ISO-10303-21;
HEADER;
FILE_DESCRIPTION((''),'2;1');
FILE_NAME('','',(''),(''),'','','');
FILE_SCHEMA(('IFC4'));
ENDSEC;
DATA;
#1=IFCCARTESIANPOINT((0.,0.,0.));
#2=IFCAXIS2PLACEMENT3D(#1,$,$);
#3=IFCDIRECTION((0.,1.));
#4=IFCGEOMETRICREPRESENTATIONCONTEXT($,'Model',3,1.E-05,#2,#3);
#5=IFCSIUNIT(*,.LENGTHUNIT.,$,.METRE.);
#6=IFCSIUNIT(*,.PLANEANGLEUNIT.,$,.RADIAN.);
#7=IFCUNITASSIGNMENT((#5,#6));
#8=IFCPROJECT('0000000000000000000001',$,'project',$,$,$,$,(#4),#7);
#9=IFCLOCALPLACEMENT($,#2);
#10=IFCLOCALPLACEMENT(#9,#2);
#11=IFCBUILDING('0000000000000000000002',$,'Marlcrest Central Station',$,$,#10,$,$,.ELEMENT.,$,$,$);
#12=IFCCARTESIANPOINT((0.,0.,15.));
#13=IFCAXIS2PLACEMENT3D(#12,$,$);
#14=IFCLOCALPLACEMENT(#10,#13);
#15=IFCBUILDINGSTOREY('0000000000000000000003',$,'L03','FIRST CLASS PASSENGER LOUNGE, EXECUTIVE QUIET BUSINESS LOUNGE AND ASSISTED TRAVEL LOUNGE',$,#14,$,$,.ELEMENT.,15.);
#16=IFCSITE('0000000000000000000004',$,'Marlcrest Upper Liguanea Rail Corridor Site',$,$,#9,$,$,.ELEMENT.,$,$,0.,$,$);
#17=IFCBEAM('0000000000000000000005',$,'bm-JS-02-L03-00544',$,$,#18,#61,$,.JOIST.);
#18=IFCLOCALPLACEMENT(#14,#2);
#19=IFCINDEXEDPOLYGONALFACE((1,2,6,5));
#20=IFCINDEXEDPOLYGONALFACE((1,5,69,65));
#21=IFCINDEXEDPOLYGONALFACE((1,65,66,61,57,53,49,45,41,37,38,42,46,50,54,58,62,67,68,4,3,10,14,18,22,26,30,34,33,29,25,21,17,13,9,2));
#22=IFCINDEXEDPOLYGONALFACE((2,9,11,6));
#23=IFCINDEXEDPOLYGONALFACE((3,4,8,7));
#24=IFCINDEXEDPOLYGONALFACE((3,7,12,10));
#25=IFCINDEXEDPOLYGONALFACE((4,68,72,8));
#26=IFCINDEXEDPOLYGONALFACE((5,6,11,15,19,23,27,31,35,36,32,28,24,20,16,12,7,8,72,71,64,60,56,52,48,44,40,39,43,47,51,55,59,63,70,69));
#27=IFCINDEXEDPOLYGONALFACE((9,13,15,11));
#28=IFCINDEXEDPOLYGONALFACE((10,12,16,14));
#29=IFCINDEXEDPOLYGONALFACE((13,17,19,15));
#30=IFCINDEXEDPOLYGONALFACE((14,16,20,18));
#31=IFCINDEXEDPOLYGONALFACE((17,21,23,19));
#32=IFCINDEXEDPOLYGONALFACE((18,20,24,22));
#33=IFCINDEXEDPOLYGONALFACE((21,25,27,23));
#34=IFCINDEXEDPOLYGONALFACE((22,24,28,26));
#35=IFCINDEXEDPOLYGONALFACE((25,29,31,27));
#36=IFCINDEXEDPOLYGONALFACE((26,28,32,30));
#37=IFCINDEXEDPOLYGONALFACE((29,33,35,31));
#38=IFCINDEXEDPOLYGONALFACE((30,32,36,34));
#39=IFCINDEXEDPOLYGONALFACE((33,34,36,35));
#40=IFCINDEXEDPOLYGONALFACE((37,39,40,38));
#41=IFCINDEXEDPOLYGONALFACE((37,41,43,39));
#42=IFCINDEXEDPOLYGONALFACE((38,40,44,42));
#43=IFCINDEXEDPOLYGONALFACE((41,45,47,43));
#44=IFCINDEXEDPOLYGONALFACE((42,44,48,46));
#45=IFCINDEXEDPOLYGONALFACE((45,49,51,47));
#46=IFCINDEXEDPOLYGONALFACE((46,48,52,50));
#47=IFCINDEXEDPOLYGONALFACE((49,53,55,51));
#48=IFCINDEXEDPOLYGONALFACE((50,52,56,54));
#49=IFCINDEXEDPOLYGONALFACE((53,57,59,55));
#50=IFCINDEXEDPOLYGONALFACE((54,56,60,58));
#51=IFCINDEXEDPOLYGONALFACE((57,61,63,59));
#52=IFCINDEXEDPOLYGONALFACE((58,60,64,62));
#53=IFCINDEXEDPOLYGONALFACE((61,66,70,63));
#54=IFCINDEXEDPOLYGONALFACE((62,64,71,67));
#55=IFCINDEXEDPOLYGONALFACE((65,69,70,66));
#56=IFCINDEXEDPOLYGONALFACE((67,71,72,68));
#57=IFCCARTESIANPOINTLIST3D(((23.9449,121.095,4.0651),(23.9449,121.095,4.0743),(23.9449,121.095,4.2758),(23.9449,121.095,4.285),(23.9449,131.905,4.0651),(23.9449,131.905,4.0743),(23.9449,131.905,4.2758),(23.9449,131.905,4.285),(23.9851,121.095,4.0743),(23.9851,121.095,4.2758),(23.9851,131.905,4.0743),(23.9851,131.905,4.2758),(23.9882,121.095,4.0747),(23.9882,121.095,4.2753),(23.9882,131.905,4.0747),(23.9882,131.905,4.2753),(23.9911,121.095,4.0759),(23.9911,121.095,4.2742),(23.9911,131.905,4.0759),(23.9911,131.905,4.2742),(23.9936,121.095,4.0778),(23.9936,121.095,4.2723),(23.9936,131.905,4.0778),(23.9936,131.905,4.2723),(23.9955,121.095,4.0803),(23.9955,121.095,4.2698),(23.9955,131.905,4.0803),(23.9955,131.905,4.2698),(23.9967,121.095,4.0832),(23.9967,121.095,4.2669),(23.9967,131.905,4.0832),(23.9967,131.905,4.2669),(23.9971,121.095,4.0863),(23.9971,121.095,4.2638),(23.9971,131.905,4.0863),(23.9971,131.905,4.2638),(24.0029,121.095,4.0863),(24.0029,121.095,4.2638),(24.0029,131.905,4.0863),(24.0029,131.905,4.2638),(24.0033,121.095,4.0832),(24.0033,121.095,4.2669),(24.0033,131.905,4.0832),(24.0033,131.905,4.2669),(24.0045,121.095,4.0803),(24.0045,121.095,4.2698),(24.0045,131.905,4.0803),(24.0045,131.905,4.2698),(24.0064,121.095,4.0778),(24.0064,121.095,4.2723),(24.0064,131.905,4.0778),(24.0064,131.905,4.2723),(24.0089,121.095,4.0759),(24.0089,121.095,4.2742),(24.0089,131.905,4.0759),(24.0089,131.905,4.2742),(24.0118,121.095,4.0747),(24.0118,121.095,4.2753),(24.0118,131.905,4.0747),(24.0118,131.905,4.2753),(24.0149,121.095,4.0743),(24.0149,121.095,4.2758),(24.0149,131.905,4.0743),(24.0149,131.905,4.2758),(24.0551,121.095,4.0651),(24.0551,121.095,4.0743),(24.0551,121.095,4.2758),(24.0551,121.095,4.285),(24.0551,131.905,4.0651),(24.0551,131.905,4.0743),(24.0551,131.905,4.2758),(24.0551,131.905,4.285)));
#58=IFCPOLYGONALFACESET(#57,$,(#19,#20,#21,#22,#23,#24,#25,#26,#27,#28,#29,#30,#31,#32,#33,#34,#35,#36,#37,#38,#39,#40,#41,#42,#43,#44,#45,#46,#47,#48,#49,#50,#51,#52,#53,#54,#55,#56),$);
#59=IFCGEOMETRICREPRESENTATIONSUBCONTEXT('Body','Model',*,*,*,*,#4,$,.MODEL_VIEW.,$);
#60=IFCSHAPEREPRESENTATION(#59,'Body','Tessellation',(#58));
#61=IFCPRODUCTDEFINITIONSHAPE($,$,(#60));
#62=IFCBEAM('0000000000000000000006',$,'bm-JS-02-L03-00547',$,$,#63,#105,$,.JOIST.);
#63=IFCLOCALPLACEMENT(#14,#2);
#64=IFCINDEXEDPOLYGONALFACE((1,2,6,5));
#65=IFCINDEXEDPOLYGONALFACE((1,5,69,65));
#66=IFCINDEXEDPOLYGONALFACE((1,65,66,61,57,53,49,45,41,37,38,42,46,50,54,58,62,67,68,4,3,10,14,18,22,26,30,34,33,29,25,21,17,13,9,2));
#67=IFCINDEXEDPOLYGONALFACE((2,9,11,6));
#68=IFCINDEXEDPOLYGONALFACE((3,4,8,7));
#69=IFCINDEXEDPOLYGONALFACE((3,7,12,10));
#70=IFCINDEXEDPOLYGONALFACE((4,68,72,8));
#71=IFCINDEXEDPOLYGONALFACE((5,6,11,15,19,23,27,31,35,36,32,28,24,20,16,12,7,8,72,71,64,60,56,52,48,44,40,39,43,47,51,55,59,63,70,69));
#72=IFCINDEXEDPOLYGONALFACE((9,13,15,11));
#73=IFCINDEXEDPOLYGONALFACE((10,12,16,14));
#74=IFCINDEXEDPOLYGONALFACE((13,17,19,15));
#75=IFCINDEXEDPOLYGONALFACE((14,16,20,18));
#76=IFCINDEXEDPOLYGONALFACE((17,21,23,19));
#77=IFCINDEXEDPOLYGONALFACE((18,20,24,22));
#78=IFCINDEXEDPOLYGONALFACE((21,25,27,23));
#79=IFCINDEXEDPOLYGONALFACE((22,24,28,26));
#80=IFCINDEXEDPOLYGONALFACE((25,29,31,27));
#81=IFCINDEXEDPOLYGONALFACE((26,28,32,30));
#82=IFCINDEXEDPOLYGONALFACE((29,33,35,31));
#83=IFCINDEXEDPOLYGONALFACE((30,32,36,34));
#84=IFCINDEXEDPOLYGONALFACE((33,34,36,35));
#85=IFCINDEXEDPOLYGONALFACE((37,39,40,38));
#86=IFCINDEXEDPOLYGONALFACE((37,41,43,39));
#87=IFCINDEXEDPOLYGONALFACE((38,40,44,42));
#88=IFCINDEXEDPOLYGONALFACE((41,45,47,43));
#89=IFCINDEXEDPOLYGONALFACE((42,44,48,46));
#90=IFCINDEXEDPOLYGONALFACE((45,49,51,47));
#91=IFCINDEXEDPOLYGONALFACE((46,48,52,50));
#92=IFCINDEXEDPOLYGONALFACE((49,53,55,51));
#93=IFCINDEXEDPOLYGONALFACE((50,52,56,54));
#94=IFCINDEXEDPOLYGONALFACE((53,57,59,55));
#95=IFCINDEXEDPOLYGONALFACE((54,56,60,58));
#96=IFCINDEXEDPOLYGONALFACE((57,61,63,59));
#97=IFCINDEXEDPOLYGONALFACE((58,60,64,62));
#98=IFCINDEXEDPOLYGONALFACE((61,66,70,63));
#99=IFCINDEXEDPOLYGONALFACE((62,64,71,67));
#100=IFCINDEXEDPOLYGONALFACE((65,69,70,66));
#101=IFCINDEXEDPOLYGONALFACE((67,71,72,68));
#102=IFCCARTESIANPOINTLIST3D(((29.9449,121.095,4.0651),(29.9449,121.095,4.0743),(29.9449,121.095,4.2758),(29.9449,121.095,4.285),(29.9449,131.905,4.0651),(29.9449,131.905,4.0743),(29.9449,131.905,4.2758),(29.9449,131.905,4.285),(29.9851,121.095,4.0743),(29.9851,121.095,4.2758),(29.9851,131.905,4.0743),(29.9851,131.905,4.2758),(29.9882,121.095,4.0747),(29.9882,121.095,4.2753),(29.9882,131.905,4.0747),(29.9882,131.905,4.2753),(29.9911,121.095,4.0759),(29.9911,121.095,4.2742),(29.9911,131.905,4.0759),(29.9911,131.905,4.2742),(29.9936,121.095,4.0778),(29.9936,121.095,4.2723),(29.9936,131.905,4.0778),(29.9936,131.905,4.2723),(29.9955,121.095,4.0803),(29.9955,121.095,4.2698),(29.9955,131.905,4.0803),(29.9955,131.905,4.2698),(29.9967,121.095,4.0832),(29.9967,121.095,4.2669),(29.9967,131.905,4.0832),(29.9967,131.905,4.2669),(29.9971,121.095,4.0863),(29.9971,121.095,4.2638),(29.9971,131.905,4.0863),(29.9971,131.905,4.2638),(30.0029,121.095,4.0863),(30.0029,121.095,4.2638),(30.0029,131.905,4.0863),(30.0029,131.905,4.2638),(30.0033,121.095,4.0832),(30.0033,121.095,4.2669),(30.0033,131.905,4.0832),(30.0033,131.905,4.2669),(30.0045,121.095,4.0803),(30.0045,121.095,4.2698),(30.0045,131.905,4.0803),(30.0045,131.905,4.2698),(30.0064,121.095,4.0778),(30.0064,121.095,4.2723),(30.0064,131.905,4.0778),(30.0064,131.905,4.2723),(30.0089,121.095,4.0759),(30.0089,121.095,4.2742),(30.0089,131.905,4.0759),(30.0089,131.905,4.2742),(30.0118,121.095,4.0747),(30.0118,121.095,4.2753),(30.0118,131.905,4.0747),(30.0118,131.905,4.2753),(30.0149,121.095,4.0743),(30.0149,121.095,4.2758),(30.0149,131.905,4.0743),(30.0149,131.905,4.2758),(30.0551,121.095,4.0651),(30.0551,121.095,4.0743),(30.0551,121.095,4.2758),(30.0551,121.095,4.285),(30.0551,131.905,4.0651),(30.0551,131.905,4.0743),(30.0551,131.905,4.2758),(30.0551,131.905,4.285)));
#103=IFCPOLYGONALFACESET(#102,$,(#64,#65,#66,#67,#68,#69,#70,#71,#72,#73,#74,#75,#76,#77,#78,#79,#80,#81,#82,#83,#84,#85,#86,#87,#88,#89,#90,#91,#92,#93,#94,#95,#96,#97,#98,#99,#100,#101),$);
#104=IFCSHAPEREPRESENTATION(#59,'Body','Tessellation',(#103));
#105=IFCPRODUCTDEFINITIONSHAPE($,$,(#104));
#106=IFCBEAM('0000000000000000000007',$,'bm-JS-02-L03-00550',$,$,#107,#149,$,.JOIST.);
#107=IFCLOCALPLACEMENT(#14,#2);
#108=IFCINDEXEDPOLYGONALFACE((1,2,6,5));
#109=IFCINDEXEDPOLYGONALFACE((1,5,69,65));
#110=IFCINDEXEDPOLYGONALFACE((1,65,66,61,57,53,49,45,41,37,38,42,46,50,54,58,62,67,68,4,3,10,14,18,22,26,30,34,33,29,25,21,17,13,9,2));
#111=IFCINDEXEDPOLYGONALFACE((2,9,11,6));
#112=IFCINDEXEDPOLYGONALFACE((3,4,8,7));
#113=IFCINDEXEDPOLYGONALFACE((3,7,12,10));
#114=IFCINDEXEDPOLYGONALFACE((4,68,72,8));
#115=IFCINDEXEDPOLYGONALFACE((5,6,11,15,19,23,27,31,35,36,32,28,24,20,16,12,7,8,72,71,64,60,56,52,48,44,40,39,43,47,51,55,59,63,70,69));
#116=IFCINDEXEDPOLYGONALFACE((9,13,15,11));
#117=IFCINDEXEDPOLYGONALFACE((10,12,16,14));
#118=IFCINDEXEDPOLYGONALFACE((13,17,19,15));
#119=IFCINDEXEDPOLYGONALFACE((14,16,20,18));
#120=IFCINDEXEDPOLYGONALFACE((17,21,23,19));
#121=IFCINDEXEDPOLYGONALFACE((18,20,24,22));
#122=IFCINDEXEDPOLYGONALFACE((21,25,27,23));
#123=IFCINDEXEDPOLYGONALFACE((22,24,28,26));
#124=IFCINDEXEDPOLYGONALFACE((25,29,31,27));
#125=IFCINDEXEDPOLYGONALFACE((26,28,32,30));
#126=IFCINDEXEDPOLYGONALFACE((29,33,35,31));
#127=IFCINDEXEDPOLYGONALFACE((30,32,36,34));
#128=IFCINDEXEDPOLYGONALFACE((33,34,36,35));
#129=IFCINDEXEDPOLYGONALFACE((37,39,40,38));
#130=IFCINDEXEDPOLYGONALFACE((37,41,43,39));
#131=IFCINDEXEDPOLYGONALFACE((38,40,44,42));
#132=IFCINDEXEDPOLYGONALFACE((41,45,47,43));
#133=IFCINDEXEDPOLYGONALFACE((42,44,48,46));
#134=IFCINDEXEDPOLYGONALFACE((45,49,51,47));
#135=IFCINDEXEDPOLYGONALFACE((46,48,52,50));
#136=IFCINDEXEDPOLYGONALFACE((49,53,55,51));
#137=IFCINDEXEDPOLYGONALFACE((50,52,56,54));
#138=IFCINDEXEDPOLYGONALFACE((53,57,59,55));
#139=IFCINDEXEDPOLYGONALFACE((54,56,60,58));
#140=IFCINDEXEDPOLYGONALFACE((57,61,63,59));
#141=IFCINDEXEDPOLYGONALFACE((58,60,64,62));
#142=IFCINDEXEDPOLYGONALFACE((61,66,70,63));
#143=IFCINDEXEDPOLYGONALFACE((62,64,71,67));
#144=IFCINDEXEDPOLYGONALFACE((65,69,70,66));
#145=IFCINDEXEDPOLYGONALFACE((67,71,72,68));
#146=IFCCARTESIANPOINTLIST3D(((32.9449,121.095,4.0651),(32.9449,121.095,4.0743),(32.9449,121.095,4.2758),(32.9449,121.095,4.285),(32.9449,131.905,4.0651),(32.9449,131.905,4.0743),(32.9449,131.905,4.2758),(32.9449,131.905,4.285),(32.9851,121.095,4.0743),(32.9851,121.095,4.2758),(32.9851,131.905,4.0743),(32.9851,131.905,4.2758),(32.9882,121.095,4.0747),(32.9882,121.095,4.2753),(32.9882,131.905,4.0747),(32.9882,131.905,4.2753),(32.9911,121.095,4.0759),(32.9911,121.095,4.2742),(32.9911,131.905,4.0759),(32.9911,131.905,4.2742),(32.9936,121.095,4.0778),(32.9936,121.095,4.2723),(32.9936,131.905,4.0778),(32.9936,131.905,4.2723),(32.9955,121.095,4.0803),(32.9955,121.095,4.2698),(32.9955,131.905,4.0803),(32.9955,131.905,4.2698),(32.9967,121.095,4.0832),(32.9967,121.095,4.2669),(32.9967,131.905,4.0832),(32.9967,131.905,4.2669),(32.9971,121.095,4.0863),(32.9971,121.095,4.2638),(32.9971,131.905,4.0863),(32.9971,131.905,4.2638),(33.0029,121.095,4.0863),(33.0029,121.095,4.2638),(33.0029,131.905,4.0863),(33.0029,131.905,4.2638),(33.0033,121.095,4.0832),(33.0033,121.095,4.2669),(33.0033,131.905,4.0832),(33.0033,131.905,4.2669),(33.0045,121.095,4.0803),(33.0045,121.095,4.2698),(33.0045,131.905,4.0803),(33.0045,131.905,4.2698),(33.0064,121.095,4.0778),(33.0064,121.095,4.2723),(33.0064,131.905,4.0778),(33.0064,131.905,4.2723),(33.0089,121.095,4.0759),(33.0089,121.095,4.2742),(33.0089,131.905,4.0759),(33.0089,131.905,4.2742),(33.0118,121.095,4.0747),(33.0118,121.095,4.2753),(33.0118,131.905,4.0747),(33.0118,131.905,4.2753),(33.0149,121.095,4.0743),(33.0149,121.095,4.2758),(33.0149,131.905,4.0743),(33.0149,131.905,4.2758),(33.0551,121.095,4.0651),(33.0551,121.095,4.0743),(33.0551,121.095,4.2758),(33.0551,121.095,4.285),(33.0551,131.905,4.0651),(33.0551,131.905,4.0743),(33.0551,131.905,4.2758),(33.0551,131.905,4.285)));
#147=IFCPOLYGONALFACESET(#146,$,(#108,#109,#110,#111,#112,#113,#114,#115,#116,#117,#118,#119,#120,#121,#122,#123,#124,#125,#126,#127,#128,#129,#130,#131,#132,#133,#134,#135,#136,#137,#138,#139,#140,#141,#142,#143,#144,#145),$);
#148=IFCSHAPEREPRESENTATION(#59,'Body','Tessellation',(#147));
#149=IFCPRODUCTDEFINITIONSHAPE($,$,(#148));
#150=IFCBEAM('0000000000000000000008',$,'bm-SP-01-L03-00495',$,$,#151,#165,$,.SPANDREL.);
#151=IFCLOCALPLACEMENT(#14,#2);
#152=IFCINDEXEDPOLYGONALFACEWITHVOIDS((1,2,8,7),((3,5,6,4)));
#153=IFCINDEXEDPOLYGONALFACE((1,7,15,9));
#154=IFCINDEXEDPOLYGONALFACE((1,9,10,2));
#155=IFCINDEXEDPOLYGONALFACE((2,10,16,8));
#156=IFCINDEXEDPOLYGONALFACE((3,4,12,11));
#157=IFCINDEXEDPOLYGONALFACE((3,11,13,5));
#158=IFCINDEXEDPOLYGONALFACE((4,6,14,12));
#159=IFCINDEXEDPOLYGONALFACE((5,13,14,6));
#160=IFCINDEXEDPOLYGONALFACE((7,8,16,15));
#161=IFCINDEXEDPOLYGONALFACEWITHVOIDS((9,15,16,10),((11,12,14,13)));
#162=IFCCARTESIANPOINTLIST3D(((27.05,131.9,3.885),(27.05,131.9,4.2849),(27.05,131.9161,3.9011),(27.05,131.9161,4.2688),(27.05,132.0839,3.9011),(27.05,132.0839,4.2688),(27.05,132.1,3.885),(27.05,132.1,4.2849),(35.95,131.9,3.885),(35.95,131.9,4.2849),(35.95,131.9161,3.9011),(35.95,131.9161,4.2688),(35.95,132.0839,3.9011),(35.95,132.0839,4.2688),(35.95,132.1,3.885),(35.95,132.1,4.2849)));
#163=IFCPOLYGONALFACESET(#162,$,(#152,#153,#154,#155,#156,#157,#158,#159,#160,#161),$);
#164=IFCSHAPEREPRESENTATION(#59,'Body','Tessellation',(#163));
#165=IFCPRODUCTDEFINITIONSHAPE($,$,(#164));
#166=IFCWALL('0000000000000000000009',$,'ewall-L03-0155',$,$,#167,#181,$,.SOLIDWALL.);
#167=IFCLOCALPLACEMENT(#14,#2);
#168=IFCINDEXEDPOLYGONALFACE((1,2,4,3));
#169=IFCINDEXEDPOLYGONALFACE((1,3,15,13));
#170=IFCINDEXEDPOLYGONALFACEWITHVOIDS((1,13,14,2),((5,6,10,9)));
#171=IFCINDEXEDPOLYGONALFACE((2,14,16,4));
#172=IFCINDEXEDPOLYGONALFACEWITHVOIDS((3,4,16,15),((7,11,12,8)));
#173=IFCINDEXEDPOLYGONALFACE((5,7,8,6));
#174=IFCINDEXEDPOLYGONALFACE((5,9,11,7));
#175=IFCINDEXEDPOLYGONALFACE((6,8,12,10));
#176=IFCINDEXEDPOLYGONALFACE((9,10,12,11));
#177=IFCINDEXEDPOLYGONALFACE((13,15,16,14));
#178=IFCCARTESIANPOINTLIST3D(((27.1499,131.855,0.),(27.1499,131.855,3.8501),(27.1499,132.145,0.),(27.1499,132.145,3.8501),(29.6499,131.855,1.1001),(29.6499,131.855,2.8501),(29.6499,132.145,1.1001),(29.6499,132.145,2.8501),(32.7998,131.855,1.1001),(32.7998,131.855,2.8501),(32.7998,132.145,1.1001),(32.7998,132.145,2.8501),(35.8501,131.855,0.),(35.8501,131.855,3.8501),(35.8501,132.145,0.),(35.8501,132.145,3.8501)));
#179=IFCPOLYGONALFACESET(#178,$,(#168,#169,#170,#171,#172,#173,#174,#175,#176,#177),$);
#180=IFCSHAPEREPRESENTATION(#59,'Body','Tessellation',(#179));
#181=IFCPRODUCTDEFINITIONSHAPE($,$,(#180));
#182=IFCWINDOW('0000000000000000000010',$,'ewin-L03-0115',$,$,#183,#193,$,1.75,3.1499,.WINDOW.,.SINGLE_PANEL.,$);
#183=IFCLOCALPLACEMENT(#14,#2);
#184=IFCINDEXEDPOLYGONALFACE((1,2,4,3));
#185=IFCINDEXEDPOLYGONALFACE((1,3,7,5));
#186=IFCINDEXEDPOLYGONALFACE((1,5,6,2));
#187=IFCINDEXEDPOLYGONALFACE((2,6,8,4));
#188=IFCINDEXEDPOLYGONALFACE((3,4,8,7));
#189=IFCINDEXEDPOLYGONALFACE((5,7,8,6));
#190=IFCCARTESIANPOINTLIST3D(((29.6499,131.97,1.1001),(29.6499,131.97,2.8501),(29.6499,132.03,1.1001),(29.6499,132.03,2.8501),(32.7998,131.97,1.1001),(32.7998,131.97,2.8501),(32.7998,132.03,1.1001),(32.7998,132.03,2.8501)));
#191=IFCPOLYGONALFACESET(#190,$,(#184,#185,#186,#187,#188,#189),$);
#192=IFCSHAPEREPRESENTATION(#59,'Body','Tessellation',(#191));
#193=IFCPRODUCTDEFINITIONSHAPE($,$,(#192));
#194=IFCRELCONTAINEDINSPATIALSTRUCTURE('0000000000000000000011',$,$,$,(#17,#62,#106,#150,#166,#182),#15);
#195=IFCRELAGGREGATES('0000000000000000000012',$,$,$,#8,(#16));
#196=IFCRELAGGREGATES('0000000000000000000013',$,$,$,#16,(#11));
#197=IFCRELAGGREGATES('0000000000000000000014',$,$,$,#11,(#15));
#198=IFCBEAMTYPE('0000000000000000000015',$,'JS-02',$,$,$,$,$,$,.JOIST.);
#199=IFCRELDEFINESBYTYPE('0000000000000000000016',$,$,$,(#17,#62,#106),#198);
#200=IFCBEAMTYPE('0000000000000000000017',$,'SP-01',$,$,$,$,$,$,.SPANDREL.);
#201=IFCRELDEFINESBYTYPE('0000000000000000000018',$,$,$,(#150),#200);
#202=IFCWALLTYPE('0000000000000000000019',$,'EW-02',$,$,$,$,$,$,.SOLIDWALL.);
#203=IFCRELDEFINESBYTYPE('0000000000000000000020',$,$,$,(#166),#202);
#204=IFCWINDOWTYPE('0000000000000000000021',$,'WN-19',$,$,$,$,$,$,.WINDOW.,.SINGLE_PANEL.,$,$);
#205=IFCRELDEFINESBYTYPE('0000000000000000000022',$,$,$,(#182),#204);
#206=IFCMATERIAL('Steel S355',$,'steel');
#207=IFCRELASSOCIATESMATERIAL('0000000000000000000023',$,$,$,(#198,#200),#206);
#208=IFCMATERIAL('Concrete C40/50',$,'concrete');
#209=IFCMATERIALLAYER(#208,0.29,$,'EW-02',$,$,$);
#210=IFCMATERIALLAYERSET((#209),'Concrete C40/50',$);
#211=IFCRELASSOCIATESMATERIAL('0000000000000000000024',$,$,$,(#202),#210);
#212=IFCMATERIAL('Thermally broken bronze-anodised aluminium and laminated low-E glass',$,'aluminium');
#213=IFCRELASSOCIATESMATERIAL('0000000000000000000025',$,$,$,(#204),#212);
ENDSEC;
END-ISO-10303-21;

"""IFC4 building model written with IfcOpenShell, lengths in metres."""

from ifc_helpers import new_model, si_unit, direction, frame, frame_2d, origin, origin_2d, place, context, subcontext, project, spatial, rectangle, hollow_rectangle, i_section, extrude, material, layer, layer_set, material_profile, profile_set, type_object, element, fill, save


model = new_model("IFC4")

# Units and contexts
model_context = context("Model", 3, precision=1e-05, world=origin(), true_north=direction((0.0, 1.0)))
body_context = subcontext(model_context, "Body", "Model", "MODEL_VIEW")
ifc_project = project(units=[si_unit("LENGTHUNIT", "METRE"), si_unit("PLANEANGLEUNIT", "RADIAN")], contexts=[model_context])

# Site, building, storey
site_placement = place(None, origin())
site = spatial("IfcSite", under=ifc_project, at=site_placement, Name="Marlcrest Upper Liguanea Rail Corridor Site", CompositionType="ELEMENT", RefElevation=0.0)
building_placement = place(site_placement, origin())
building = spatial("IfcBuilding", under=site, at=building_placement, Name="Marlcrest Central Station", CompositionType="ELEMENT")
storey_placement = place(building_placement, frame((0.0, 0.0, 15.0)))
storey = spatial("IfcBuildingStorey", under=building, at=storey_placement, Name="L03", Description="FIRST CLASS PASSENGER LOUNGE, EXECUTIVE QUIET BUSINESS LOUNGE AND ASSISTED TRAVEL LOUNGE", CompositionType="ELEMENT", Elevation=15.0)

# Shared definitions
ifc_material_1 = material(Name="Steel S355", Category="steel")

# Beams
ifc_material_profile_1 = material_profile(ifc_material_1, i_section(OverallWidth=0.1101, OverallDepth=0.22, WebThickness=0.0059, FlangeThickness=0.0093, FilletRadius=0.012, at=origin_2d()), Name="IPE 220")
ifc_profile_set_1 = profile_set([ifc_material_profile_1], Name="Steel S355")
beam_type_1 = type_object("IfcBeamType", Name="JS-02", PredefinedType="JOIST", material=ifc_profile_set_1)
for number, where, z_axis, x_axis, name in (
    (1, (24.0, 121.095, 4.175), (0.0, 1.0, 0.0), (-1.0, 0.0, 0.0), "bm-JS-02-L03-00544"),
    (2, (30.0, 121.095, 4.175), (0.0, 1.0, 0.0), (-1.0, 0.0, 0.0), "bm-JS-02-L03-00547"),
    (3, (33.0, 121.095, 4.175), (0.0, 1.0, 0.0), (-1.0, 0.0, 0.0), "bm-JS-02-L03-00550"),
):
    element("IfcBeam", number, at=place(storey_placement, frame(where, z_axis=z_axis, x_axis=x_axis)), inside=storey, type_object=beam_type_1, Name=name, PredefinedType="JOIST", context=body_context, shape_type="SweptSolid", body=[
        extrude(i_section(OverallWidth=0.1101, OverallDepth=0.22, WebThickness=0.0059, FlangeThickness=0.0093, FilletRadius=0.012, at=origin_2d()), origin(), (0.0, 0.0, 1.0), 10.8101),
    ])
ifc_material_profile_2 = material_profile(ifc_material_1, hollow_rectangle(XDim=0.2, YDim=0.3999, WallThickness=0.0161, at=origin_2d()), Name="RHS 400x200x16")
ifc_profile_set_2 = profile_set([ifc_material_profile_2], Name="Steel S355")
beam_type_2 = type_object("IfcBeamType", Name="SP-01", PredefinedType="SPANDREL", material=ifc_profile_set_2)
beam_1_placement = place(storey_placement, frame((27.05, 132.0, 4.085), z_axis=(1.0, 0.0, 0.0), x_axis=(0.0, 1.0, 0.0)))
element("IfcBeam", 4, at=beam_1_placement, inside=storey, type_object=beam_type_2, Name="bm-SP-01-L03-00495", PredefinedType="SPANDREL", context=body_context, shape_type="SweptSolid", body=[
    extrude(hollow_rectangle(XDim=0.2, YDim=0.3999, WallThickness=0.0161, at=origin_2d()), origin(), (0.0, 0.0, 1.0), 8.8999),
])

# Wall, opening, window
ifc_material_2 = material(Name="Concrete C40/50", Category="concrete")
ifc_layer_1 = layer(ifc_material_2, 0.29, Name="EW-02")
ifc_layer_set_1 = layer_set([ifc_layer_1], Name="Concrete C40/50")
wall_type_1 = type_object("IfcWallType", Name="EW-02", PredefinedType="SOLIDWALL", material=ifc_layer_set_1)
wall_1_placement = place(storey_placement, frame((27.1499, 132.0, 0.0), z_axis=(0.0, 0.0, 1.0), x_axis=(1.0, 0.0, 0.0)))
wall_1 = element("IfcWall", 5, at=wall_1_placement, inside=storey, type_object=wall_type_1, Name="ewall-L03-0155", PredefinedType="SOLIDWALL", context=body_context, shape_type="SweptSolid", body=[
    extrude(rectangle(XDim=8.7002, YDim=0.29, at=frame_2d((4.3501, 0.0))), origin(), (0.0, 0.0, 1.0), 3.8501),
])
opening_1_placement = place(wall_1_placement, frame((2.5, 0.0, 1.1001)))
opening_1 = element("IfcOpeningElement", 6, at=opening_1_placement, cuts=wall_1, PredefinedType="OPENING", context=body_context, shape_type="SweptSolid", body=[
    extrude(rectangle(XDim=3.1499, YDim=1.75, at=frame_2d((1.575, 0.875))), frame((0.0, 0.155, 0.0), z_axis=(0.0, -1.0, 0.0), x_axis=(1.0, 0.0, 0.0)), (0.0, 0.0, 1.0), 0.3101),
])
ifc_material_3 = material(Name="Thermally broken bronze-anodised aluminium and laminated low-E glass", Category="aluminium")
window_type = type_object("IfcWindowType", Name="WN-19", PartitioningType="SINGLE_PANEL", PredefinedType="WINDOW", material=ifc_material_3)
window_placement = place(opening_1_placement, origin())
window = element("IfcWindow", 7, at=window_placement, inside=storey, type_object=window_type, Name="ewin-L03-0115", OverallHeight=1.75, OverallWidth=3.1499, PartitioningType="SINGLE_PANEL", PredefinedType="WINDOW", context=body_context, shape_type="SweptSolid", body=[
    extrude(rectangle(XDim=3.1499, YDim=1.75, at=frame_2d((1.575, 0.875))), frame((0.0, 0.03, 0.0), z_axis=(0.0, -1.0, 0.0), x_axis=(1.0, 0.0, 0.0)), (0.0, 0.0, 1.0), 0.0601),
])
fill(opening_1, window)

save(model, "model.ifc")
